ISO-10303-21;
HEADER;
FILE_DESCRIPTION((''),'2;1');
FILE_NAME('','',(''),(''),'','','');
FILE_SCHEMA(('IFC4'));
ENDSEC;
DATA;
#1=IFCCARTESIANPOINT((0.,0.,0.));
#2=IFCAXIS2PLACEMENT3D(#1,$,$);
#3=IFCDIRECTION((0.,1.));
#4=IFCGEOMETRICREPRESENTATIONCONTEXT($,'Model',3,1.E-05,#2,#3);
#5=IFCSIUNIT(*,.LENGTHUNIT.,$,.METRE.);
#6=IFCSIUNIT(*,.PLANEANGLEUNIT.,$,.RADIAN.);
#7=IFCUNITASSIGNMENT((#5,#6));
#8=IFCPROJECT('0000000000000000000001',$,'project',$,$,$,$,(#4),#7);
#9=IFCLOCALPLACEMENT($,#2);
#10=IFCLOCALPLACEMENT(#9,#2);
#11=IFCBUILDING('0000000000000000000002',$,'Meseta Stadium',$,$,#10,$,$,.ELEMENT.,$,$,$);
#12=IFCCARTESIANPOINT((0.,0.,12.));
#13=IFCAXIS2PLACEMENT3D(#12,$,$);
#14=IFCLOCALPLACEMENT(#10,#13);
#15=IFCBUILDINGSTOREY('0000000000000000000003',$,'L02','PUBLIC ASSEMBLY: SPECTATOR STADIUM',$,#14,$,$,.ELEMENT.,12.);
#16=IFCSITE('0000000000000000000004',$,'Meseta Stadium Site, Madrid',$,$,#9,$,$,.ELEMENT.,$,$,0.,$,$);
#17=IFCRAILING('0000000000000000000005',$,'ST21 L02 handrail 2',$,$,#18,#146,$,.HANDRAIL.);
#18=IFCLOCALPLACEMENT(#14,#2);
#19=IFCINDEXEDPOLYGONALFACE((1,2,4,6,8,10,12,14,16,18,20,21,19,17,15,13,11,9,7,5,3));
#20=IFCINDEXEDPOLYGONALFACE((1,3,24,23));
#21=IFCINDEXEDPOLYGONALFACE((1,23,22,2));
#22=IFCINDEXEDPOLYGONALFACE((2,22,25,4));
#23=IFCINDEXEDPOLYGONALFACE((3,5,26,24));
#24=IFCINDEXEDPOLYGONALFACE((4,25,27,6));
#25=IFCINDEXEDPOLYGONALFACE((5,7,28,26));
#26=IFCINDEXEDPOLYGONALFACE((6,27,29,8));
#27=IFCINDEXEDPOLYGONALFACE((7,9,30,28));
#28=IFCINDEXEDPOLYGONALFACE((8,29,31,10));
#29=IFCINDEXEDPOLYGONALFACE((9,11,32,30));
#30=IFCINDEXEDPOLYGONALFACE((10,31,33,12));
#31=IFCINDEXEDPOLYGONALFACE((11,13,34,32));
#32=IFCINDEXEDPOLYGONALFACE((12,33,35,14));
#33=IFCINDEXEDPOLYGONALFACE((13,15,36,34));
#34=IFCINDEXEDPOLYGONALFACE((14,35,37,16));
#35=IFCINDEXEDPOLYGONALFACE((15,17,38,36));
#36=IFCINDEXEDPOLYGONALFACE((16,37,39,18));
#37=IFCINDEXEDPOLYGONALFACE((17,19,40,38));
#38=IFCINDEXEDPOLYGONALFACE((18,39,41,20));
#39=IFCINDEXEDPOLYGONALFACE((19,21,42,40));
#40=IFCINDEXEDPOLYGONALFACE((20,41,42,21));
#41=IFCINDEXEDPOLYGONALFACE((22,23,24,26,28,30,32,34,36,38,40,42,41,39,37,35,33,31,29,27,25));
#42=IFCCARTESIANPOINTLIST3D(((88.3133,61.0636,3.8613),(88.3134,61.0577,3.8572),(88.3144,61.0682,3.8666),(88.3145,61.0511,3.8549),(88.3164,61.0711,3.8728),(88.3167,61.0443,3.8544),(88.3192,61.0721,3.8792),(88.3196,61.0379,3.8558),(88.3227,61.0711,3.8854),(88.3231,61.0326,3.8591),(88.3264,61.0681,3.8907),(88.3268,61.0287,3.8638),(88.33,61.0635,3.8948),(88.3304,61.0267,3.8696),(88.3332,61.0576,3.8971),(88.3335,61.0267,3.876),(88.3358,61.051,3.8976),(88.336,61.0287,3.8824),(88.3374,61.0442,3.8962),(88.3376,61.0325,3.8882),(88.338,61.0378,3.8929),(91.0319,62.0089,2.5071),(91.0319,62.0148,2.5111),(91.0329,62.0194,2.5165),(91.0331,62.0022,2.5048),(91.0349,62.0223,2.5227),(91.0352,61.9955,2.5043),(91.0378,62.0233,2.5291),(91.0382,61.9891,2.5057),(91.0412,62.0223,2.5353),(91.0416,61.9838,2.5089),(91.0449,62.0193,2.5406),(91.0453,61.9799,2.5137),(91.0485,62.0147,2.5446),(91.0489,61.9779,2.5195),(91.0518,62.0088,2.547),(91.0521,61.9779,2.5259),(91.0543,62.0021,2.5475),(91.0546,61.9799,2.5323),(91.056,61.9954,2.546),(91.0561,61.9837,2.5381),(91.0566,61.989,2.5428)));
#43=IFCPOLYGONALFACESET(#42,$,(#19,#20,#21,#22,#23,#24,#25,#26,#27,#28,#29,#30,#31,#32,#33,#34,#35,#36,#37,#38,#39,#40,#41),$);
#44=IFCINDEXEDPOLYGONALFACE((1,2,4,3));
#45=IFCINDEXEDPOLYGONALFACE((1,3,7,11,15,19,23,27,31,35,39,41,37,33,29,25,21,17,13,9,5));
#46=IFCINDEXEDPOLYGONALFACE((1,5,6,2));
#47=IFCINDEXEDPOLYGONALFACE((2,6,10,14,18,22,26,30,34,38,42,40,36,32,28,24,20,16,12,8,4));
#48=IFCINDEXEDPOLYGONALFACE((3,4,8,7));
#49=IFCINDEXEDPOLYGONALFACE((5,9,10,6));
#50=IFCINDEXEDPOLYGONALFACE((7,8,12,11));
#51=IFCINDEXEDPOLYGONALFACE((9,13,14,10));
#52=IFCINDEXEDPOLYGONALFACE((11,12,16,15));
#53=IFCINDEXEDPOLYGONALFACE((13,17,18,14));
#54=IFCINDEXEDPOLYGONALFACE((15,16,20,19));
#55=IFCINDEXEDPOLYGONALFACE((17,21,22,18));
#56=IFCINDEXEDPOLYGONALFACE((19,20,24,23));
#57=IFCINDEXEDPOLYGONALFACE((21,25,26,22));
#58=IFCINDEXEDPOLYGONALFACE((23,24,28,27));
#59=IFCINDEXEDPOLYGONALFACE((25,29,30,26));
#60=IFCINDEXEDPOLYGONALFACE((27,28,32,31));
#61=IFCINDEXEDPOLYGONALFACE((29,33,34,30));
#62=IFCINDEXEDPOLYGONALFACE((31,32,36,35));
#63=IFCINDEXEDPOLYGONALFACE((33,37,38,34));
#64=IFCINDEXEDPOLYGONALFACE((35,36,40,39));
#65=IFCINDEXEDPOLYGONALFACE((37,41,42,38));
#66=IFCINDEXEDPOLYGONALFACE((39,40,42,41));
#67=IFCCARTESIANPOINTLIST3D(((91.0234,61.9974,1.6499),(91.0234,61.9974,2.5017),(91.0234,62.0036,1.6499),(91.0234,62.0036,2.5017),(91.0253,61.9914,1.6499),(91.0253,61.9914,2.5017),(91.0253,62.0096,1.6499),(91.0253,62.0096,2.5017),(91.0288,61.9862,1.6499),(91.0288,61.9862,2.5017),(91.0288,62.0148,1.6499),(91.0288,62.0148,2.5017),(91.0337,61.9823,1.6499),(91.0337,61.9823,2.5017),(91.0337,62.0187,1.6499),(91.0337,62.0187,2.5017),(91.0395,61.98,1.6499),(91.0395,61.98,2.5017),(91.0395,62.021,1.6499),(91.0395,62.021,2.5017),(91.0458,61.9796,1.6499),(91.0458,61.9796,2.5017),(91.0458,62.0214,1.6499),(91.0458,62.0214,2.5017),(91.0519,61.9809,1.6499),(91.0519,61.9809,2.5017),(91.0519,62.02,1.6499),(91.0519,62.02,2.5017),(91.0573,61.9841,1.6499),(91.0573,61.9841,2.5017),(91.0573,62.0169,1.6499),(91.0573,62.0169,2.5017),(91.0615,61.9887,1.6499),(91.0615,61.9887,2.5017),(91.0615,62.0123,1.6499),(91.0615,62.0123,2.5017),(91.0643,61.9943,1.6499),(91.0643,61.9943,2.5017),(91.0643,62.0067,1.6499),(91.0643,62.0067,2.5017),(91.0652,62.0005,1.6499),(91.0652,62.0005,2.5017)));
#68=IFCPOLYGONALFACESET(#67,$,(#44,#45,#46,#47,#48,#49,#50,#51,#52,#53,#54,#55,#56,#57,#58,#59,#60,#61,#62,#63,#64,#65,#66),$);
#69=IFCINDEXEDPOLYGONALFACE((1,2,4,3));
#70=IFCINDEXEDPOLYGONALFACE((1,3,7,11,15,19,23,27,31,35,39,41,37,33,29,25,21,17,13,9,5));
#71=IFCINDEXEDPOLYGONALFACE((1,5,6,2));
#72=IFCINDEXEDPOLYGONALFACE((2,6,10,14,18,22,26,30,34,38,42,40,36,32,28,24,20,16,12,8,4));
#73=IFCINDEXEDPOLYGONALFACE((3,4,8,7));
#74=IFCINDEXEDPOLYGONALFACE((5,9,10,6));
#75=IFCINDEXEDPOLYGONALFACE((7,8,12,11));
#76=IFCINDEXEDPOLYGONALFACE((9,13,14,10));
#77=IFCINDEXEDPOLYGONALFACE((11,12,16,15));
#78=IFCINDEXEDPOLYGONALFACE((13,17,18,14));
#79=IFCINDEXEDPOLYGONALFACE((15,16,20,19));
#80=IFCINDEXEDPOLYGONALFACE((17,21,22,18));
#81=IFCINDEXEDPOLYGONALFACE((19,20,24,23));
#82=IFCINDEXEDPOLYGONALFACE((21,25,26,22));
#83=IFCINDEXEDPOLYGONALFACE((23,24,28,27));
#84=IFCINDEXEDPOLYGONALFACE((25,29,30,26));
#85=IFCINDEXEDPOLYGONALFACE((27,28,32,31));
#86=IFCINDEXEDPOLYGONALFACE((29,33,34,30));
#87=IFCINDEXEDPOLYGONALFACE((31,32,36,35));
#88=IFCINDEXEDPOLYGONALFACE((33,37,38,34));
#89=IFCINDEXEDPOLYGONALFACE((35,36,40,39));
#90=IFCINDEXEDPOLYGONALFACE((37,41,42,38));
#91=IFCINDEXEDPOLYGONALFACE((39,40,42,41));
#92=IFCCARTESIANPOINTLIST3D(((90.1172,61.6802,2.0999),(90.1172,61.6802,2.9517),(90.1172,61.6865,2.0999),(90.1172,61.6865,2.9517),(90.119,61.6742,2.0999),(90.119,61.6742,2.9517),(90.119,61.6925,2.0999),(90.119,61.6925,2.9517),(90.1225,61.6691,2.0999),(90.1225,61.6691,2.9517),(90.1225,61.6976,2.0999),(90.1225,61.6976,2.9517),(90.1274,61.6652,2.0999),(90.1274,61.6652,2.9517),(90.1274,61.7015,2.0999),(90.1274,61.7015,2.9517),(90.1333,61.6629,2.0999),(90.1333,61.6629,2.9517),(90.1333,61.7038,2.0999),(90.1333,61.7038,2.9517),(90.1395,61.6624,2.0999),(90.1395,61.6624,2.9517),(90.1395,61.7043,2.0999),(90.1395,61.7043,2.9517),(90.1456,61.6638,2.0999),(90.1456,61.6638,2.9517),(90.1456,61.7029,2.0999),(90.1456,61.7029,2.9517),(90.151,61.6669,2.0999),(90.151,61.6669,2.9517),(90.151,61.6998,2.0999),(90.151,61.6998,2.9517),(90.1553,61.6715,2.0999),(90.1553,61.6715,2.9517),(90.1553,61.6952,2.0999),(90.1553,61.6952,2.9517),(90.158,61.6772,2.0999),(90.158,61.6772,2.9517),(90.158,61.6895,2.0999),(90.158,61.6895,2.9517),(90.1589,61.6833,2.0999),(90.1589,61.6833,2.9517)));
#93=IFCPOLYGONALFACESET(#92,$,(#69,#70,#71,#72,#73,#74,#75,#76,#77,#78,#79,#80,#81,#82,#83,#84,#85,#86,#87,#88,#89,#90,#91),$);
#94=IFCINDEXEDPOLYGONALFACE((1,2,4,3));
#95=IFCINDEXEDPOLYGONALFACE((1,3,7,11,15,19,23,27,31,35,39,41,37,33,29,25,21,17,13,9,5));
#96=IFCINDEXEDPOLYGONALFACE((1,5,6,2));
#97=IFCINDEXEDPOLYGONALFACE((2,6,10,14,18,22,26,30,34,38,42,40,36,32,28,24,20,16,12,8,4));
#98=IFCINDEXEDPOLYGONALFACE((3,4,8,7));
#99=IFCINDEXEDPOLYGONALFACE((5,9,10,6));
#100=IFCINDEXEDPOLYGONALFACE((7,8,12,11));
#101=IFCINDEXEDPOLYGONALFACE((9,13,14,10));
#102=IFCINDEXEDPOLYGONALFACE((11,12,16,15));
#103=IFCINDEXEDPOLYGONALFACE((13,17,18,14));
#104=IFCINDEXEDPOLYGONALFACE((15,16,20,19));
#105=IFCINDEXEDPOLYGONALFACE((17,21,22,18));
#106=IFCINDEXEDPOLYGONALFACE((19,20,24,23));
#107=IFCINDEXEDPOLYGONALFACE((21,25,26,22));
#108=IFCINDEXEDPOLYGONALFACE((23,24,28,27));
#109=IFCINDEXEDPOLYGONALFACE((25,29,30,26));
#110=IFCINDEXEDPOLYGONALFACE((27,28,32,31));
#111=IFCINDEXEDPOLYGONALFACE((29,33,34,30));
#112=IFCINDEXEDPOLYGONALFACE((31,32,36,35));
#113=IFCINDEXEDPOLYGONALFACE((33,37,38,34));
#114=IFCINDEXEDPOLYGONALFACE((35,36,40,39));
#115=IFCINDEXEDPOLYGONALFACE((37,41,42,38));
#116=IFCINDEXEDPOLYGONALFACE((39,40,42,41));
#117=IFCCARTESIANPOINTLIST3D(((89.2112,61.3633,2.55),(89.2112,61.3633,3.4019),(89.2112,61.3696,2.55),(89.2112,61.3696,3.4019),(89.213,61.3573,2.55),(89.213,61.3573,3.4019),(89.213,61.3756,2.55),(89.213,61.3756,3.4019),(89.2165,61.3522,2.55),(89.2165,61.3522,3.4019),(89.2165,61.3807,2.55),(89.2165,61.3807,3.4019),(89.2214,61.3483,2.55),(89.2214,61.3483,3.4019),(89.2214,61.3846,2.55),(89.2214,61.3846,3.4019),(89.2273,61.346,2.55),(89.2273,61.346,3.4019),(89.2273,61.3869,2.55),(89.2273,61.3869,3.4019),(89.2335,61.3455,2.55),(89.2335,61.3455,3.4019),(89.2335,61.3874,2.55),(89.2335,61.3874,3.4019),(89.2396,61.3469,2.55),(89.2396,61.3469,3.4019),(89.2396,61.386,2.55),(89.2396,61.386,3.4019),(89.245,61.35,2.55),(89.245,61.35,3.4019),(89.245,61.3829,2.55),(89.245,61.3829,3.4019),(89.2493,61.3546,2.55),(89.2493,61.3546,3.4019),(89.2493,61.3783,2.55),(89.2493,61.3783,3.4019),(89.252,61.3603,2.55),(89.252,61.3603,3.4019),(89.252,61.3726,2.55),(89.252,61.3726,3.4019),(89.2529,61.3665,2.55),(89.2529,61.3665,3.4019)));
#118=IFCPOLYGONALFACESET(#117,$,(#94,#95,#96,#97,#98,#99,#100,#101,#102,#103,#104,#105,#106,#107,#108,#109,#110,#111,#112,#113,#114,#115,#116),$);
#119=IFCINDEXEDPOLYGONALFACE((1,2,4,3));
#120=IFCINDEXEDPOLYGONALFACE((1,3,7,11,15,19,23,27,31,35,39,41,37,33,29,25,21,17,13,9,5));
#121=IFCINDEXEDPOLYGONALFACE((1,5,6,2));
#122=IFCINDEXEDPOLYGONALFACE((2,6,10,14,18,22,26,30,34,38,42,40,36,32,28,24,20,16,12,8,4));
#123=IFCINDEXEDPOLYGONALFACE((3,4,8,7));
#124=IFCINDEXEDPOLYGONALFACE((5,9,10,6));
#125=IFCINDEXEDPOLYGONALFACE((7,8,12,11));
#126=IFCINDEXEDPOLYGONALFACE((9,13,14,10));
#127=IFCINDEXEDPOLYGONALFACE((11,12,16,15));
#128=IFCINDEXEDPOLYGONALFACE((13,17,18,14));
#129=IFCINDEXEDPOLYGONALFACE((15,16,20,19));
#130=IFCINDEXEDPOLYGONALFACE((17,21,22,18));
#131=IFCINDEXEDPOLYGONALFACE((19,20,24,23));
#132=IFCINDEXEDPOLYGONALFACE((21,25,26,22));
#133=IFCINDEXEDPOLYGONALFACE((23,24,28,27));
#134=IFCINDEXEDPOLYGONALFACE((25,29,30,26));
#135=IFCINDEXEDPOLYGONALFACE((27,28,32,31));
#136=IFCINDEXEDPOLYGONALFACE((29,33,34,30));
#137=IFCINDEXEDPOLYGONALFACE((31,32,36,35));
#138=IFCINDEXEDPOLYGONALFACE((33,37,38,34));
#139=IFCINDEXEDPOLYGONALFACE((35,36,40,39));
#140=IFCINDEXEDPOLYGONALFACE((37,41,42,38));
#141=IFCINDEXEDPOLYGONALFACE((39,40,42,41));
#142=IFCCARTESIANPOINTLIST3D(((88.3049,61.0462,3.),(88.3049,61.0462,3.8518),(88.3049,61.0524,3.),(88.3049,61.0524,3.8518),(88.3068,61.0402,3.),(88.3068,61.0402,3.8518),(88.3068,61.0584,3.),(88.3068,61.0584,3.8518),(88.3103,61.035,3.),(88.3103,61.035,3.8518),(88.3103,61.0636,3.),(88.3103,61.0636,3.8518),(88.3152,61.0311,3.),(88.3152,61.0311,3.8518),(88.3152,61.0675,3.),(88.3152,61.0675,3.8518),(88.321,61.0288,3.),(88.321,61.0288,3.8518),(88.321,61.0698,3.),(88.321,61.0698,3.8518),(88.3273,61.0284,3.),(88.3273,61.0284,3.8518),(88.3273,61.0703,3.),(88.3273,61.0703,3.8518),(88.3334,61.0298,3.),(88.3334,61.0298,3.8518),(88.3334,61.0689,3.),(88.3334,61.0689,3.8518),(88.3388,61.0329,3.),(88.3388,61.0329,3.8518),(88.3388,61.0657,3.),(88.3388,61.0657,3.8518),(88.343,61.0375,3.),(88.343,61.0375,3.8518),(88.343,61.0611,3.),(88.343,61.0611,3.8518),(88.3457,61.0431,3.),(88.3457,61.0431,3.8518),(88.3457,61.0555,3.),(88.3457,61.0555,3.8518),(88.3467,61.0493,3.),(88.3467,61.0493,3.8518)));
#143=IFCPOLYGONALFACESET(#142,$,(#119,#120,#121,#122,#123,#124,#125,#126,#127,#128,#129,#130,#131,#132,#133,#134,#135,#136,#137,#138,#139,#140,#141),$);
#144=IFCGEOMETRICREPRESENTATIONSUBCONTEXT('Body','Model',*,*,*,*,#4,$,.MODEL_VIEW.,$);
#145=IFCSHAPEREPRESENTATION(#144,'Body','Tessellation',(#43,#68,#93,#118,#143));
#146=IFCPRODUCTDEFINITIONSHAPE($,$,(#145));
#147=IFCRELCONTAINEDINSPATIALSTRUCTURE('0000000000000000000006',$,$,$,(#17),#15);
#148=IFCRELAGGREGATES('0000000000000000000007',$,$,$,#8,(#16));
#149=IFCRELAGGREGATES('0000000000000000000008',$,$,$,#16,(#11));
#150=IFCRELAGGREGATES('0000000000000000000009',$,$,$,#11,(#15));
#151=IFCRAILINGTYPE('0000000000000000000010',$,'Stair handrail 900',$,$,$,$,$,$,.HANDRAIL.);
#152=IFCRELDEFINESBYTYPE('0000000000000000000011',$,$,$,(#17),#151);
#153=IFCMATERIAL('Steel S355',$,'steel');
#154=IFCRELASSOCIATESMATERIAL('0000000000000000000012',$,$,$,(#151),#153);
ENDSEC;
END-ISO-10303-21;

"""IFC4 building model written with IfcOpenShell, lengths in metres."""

from ifc_helpers import new_model, si_unit, direction, frame, origin, origin_2d, place, context, subcontext, project, spatial, circle, extrude, material, type_object, element, save


model = new_model("IFC4")

# Units and contexts
model_context = context("Model", 3, precision=1e-05, world=origin(), true_north=direction((0.0, 1.0)))
body_context = subcontext(model_context, "Body", "Model", "MODEL_VIEW")
ifc_project = project(units=[si_unit("LENGTHUNIT", "METRE"), si_unit("PLANEANGLEUNIT", "RADIAN")], contexts=[model_context])

# Site, building, storey
site_placement = place(None, origin())
site = spatial("IfcSite", under=ifc_project, at=site_placement, Name="Meseta Stadium Site, Madrid", CompositionType="ELEMENT", RefElevation=0.0)
building_placement = place(site_placement, origin())
building = spatial("IfcBuilding", under=site, at=building_placement, Name="Meseta Stadium", CompositionType="ELEMENT")
storey_placement = place(building_placement, frame((0.0, 0.0, 12.0)))
storey = spatial("IfcBuildingStorey", under=building, at=storey_placement, Name="L02", Description="PUBLIC ASSEMBLY: SPECTATOR STADIUM", CompositionType="ELEMENT", Elevation=12.0)

# Railing
ifc_material_1 = material(Name="Steel S355", Category="steel")
railing_type_1 = type_object("IfcRailingType", Name="Stair handrail 900", PredefinedType="HANDRAIL", material=ifc_material_1)
railing_1_placement = place(storey_placement, frame((91.0442, 62.0005, 1.6499)))
element("IfcRailing", 1, at=railing_1_placement, inside=storey, type_object=railing_type_1, Name="ST21 L02 handrail 2", PredefinedType="HANDRAIL", context=body_context, shape_type="SweptSolid", body=[
    extrude(circle(Radius=0.0239, at=origin_2d()), frame((0.0, 0.0, 0.876), z_axis=(-0.854649, -0.299031, 0.424446), x_axis=(0.330256, -0.943891, 0.0)), (0.0, 0.0, 1.0), 3.1809),
    extrude(circle(Radius=0.021, at=origin_2d()), origin(), (0.0, 0.0, 1.0), 0.8518),
    extrude(circle(Radius=0.021, at=origin_2d()), frame((-0.9062, -0.3171, 0.45)), (0.0, 0.0, 1.0), 0.8518),
    extrude(circle(Radius=0.021, at=origin_2d()), frame((-1.8123, -0.634, 0.9001)), (0.0, 0.0, 1.0), 0.8518),
    extrude(circle(Radius=0.021, at=origin_2d()), frame((-2.7185, -0.9512, 1.3501)), (0.0, 0.0, 1.0), 0.8518),
])

save(model, "model.ifc")
